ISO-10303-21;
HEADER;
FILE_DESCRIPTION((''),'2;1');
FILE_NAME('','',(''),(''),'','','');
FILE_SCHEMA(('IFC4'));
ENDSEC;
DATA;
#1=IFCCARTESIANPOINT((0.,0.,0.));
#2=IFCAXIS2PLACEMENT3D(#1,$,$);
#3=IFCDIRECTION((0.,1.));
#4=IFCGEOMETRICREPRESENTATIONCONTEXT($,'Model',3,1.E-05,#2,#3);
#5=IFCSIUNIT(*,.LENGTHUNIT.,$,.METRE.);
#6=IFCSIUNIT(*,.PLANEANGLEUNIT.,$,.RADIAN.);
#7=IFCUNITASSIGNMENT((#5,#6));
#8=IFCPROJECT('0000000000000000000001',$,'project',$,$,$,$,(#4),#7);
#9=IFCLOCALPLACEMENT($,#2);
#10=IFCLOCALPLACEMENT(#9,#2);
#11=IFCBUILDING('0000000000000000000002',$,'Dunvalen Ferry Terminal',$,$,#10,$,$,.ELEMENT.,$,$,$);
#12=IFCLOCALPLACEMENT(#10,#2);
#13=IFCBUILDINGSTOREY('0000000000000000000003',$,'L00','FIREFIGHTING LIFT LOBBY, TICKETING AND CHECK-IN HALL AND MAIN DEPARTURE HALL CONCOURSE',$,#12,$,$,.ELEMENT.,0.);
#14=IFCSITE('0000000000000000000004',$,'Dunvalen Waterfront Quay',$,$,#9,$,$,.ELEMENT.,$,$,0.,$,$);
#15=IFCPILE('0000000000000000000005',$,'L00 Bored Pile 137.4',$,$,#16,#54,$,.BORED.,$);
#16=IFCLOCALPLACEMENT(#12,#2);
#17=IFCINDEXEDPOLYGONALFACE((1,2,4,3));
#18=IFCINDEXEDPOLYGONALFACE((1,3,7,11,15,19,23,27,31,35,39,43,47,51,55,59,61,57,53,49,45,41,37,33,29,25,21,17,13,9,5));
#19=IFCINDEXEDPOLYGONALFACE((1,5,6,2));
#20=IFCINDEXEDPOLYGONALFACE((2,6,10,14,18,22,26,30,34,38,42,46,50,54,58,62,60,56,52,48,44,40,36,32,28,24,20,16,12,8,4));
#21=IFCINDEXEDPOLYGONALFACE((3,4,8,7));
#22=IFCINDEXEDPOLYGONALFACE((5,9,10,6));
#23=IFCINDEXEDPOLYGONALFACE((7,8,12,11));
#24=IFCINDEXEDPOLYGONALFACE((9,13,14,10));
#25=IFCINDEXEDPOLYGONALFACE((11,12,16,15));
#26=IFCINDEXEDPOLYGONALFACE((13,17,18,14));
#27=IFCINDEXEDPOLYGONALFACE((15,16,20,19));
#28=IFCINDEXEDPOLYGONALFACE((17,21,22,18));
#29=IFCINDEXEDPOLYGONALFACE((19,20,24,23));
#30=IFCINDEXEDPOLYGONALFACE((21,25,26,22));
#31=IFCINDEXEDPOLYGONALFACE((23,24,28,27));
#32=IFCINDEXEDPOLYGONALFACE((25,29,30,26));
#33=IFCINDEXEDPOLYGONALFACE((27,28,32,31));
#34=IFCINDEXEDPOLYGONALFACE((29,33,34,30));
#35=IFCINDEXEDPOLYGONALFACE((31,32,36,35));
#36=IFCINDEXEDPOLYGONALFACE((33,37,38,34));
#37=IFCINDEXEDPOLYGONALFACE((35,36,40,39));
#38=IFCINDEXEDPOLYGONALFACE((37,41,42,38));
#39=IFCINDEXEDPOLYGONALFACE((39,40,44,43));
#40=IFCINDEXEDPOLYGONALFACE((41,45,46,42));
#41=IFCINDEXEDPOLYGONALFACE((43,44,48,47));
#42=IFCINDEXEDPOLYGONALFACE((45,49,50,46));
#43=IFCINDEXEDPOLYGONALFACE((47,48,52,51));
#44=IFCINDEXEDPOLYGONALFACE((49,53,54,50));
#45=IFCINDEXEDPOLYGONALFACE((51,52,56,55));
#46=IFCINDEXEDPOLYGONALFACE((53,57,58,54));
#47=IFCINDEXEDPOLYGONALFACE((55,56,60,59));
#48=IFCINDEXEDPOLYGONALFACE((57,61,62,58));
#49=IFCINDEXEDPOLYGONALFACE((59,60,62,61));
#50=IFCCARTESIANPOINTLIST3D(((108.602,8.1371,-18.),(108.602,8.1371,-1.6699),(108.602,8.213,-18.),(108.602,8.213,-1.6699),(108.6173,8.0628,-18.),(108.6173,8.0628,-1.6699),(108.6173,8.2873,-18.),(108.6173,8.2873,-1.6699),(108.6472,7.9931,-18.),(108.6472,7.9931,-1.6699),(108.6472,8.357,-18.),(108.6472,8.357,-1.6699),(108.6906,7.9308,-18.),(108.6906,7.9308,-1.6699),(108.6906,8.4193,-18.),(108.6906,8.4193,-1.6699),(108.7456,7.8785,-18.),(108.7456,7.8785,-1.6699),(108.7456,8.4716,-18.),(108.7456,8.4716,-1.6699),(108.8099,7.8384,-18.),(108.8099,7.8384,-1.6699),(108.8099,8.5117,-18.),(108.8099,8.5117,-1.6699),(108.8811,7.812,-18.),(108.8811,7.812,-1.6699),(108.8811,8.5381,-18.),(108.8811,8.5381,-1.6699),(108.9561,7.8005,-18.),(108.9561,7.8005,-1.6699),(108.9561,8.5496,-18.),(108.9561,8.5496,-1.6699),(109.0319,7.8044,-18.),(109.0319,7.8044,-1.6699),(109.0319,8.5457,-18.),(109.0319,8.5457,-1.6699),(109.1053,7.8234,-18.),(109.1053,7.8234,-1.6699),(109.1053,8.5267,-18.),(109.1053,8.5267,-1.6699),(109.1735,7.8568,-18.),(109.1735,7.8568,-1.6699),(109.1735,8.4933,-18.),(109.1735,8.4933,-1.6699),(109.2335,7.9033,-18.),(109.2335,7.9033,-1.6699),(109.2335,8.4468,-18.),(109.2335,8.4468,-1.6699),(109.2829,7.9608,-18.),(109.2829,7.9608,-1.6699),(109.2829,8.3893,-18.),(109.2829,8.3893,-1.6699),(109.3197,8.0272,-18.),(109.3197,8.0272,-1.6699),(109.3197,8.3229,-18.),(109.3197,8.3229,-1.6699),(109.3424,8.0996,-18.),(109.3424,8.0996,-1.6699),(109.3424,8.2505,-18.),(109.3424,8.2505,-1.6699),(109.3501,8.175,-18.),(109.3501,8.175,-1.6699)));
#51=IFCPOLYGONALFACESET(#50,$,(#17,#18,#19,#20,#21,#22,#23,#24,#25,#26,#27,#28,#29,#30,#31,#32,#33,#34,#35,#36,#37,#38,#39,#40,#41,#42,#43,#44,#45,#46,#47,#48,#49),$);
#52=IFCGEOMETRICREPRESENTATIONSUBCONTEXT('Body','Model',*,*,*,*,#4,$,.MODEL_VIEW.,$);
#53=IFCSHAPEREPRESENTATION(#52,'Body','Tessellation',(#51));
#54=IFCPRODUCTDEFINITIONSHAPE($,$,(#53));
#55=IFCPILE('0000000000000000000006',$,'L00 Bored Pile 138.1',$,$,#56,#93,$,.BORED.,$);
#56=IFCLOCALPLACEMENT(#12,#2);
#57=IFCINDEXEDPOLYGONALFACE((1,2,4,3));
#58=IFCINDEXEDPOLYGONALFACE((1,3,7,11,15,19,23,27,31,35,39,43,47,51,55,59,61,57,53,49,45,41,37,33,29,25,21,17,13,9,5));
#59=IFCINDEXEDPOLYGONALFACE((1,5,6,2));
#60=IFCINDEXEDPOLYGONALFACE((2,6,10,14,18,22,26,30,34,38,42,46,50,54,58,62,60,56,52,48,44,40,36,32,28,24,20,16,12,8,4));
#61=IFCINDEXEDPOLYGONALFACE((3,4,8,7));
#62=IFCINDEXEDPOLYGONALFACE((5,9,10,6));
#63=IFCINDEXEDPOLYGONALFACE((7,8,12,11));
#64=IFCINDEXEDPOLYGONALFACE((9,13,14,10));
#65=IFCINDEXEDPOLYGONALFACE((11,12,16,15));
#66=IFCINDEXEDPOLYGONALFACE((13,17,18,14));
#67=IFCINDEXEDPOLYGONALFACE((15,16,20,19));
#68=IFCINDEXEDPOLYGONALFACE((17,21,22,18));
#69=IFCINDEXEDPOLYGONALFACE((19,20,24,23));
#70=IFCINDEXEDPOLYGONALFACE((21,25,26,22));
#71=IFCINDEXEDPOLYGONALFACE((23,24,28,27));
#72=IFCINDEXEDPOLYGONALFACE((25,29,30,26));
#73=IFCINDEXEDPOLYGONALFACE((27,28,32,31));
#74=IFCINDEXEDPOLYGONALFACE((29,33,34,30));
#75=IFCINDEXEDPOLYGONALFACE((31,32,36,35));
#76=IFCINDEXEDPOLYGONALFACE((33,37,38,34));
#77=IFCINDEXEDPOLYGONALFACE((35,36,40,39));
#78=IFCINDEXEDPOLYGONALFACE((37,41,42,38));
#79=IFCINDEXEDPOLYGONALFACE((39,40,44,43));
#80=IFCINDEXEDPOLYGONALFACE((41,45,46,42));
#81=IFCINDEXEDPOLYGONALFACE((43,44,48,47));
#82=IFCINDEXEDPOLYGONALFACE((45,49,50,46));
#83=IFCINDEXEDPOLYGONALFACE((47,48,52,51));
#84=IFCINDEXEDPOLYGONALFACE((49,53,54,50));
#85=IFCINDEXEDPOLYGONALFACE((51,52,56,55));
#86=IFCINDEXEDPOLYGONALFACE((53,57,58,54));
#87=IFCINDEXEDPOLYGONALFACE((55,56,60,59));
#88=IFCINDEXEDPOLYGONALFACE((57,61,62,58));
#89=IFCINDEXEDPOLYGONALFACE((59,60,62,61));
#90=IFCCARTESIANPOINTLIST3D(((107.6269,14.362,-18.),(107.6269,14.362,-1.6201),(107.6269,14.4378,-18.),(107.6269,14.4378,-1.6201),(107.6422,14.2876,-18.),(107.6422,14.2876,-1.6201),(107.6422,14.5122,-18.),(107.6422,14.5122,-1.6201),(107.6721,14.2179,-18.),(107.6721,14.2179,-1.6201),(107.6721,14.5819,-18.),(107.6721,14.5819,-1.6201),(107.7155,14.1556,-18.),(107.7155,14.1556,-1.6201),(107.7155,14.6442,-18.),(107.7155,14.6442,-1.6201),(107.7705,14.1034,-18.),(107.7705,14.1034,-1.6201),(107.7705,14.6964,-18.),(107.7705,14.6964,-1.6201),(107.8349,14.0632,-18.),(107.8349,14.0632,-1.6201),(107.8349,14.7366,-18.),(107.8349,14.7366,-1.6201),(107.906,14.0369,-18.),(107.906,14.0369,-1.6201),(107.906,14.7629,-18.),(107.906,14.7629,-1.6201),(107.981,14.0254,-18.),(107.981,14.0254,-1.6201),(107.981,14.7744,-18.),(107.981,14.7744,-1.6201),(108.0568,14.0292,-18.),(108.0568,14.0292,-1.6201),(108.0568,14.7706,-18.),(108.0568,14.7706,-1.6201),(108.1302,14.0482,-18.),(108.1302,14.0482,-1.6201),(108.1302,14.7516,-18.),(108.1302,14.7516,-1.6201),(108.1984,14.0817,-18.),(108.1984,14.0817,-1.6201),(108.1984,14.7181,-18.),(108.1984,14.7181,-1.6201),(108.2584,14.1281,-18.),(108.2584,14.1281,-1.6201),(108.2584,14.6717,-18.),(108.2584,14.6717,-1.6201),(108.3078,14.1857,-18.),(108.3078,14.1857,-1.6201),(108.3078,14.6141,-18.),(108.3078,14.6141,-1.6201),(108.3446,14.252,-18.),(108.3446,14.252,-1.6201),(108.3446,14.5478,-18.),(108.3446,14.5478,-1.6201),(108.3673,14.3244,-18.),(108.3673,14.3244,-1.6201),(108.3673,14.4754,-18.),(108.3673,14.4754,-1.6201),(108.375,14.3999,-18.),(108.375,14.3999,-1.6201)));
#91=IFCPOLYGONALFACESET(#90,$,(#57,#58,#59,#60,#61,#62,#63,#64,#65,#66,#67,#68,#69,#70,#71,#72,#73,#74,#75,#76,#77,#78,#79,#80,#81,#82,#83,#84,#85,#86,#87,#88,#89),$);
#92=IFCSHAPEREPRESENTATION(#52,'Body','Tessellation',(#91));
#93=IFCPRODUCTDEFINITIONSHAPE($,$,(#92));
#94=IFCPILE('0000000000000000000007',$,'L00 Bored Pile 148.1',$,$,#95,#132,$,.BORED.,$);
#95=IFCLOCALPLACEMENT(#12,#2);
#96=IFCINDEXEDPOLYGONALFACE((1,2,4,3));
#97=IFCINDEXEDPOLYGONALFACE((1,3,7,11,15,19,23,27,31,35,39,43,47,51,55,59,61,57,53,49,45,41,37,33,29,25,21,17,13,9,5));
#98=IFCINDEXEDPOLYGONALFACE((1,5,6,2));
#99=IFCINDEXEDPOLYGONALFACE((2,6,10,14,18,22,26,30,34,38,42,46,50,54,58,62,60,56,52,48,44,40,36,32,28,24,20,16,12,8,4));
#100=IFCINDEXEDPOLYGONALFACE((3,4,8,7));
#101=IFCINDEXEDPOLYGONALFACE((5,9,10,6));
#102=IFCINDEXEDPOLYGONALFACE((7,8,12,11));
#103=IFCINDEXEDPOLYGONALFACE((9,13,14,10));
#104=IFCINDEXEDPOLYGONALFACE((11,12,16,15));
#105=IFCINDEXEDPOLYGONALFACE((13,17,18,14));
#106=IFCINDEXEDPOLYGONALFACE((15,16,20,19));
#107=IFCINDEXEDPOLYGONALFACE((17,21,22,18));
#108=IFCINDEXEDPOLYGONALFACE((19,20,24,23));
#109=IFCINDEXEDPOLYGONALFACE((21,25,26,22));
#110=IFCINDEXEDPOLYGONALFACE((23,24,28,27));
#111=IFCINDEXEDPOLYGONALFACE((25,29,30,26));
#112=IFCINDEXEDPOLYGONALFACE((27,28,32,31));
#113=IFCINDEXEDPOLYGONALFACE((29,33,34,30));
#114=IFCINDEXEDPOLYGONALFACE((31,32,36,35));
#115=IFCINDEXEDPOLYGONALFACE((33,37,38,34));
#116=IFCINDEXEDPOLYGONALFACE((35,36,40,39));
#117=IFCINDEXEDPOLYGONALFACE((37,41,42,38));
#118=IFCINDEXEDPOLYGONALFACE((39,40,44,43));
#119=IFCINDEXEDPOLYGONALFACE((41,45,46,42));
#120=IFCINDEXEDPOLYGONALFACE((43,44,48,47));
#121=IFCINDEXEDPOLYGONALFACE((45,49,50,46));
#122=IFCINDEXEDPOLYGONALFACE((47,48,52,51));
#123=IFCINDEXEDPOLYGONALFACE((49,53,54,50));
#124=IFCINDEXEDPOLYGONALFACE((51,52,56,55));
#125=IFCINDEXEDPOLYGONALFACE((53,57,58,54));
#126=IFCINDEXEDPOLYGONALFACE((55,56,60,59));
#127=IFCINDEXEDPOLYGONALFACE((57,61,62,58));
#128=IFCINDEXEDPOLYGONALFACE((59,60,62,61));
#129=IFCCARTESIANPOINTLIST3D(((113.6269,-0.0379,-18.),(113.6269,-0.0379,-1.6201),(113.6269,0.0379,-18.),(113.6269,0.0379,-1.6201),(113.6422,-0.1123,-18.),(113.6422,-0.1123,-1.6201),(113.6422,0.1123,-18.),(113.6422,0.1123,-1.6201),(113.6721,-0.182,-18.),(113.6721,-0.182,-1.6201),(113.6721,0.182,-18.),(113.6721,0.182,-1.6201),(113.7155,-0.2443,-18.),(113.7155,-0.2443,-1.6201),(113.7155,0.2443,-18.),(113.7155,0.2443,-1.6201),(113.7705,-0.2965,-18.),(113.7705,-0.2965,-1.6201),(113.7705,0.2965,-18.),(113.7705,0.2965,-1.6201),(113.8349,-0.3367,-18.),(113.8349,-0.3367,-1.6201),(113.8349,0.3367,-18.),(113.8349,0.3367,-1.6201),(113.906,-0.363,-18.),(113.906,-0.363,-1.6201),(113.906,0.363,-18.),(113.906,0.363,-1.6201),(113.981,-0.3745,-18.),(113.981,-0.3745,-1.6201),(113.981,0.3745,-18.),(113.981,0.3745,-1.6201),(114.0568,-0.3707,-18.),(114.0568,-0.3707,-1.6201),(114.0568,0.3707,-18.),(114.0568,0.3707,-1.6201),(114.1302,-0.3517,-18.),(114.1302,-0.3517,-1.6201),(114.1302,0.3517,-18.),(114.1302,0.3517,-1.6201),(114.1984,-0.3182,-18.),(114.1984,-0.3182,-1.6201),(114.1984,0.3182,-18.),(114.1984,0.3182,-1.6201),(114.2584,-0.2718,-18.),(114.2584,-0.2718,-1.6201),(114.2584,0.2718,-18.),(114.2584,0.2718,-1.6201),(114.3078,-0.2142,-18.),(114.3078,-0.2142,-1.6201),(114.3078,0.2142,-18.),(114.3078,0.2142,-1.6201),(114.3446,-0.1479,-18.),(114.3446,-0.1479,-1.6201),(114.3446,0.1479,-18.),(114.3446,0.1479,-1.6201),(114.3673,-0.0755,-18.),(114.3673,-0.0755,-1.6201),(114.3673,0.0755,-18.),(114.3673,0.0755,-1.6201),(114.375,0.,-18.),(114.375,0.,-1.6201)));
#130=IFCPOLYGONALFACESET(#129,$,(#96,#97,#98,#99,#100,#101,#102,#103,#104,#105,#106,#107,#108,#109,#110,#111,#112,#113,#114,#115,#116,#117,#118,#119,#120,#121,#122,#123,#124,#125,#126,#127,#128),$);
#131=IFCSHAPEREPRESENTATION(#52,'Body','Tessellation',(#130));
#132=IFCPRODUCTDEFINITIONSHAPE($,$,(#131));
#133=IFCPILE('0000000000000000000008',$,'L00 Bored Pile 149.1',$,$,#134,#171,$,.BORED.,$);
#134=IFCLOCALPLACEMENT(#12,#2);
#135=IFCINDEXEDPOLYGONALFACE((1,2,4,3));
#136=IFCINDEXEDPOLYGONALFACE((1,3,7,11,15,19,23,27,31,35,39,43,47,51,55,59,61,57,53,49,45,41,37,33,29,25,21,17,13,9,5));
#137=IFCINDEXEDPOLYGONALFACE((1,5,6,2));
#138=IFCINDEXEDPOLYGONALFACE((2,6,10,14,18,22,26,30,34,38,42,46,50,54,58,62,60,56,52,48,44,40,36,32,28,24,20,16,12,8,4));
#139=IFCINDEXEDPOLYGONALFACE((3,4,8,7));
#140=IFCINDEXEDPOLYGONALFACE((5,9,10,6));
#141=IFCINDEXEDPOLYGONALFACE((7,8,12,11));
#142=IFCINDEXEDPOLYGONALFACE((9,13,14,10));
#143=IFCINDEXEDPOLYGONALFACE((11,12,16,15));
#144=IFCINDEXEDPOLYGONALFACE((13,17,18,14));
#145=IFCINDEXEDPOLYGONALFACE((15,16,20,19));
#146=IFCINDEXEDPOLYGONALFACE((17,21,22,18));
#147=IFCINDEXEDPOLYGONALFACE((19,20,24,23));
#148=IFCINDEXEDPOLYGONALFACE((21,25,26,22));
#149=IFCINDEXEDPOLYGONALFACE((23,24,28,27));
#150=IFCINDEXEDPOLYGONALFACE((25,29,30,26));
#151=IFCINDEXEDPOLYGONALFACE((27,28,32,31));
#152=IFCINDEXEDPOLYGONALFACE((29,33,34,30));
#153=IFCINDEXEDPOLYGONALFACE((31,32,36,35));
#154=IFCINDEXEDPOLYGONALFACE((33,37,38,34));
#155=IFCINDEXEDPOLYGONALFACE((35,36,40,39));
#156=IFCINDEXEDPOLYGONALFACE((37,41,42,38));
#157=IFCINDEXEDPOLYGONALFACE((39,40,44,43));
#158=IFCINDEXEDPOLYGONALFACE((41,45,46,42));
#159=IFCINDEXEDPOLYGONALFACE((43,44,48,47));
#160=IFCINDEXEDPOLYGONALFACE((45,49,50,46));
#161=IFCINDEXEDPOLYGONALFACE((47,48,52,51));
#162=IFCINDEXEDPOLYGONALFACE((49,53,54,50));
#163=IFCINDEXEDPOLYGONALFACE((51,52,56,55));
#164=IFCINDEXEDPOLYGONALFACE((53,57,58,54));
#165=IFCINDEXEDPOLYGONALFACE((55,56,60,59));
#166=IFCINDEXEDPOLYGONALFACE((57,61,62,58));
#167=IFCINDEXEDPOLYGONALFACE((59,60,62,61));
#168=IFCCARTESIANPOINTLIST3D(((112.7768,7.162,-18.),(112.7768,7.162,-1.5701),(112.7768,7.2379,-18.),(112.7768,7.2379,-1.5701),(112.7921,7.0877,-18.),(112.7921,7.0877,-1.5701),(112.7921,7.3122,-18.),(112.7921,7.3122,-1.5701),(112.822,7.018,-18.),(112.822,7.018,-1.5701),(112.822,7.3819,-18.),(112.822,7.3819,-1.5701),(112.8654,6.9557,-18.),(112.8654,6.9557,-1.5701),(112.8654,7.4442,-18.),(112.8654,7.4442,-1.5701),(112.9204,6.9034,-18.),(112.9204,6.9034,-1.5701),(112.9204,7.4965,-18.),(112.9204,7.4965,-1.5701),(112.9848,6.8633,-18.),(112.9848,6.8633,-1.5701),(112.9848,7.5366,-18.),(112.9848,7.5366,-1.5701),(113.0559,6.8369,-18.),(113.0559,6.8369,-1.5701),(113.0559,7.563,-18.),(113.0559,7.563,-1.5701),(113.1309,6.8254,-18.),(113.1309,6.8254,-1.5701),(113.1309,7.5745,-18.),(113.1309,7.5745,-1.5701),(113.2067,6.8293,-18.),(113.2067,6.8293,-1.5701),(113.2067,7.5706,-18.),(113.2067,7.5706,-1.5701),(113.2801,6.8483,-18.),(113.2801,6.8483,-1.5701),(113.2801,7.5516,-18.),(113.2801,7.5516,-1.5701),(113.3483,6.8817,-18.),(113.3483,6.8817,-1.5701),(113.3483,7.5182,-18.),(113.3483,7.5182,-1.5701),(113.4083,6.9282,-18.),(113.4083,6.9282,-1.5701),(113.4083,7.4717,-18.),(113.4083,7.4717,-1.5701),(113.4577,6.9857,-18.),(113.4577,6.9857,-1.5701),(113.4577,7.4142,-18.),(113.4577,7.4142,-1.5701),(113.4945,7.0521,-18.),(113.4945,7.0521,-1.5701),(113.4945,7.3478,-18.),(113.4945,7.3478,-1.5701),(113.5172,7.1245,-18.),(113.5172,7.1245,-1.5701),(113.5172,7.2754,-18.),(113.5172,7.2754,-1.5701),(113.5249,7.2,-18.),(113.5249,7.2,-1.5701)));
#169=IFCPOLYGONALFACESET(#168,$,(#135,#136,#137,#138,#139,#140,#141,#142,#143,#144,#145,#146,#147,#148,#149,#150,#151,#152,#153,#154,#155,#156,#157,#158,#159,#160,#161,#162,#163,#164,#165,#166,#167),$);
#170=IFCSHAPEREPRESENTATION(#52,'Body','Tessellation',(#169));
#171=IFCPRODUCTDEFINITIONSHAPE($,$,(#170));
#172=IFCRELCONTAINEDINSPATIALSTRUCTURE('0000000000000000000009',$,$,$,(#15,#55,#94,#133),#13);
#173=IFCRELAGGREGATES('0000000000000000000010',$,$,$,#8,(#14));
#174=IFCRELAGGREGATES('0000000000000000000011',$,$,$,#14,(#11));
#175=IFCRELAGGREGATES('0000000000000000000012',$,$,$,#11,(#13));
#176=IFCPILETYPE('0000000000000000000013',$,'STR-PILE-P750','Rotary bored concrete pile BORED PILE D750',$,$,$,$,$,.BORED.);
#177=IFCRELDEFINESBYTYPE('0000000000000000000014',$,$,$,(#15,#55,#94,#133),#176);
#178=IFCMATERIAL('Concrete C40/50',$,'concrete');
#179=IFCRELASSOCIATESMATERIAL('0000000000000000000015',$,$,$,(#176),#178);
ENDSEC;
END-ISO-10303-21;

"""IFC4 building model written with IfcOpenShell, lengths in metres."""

from ifc_helpers import new_model, si_unit, direction, frame, origin, origin_2d, place, context, subcontext, project, spatial, circle, extrude, material, material_profile, profile_set, type_object, element, save


model = new_model("IFC4")

# Units and contexts
model_context = context("Model", 3, precision=1e-05, world=origin(), true_north=direction((0.0, 1.0)))
body_context = subcontext(model_context, "Body", "Model", "MODEL_VIEW")
ifc_project = project(units=[si_unit("LENGTHUNIT", "METRE"), si_unit("PLANEANGLEUNIT", "RADIAN")], contexts=[model_context])

# Site, building, storey
site_placement = place(None, origin())
site = spatial("IfcSite", under=ifc_project, at=site_placement, Name="Dunvalen Waterfront Quay", CompositionType="ELEMENT", RefElevation=0.0)
building_placement = place(site_placement, origin())
building = spatial("IfcBuilding", under=site, at=building_placement, Name="Dunvalen Ferry Terminal", CompositionType="ELEMENT")
storey_placement = place(building_placement, origin())
storey = spatial("IfcBuildingStorey", under=building, at=storey_placement, Name="L00", Description="FIREFIGHTING LIFT LOBBY, TICKETING AND CHECK-IN HALL AND MAIN DEPARTURE HALL CONCOURSE", CompositionType="ELEMENT", Elevation=0.0)

# Shared definitions
ifc_material_1 = material(Name="Concrete C40/50", Category="concrete")

# Piles
ifc_material_profile_1 = material_profile(ifc_material_1, circle(Radius=0.375, at=origin_2d()), Name="Concrete C40/50")
ifc_profile_set_1 = profile_set([ifc_material_profile_1], Name="Concrete C40/50")
pile_type = type_object("IfcPileType", Name="STR-PILE-P750", Description="Rotary bored concrete pile BORED PILE D750", PredefinedType="BORED", material=ifc_profile_set_1)
for number, where, z_axis, x_axis, name in (
    (1, (108.9751, 8.175, -1.6699), (0.0, 0.0, -1.0), (1.0, 0.0, 0.0), "L00 Bored Pile 137.4"),
):
    element("IfcPile", number, at=place(storey_placement, frame(where, z_axis=z_axis, x_axis=x_axis)), inside=storey, type_object=pile_type, Name=name, PredefinedType="BORED", context=body_context, shape_type="SweptSolid", body=[
        extrude(circle(Radius=0.375, at=origin_2d()), origin(), (0.0, 0.0, 1.0), 16.3301),
    ])
for number, where, z_axis, x_axis, name in (
    (2, (108.0, 14.3999, -1.6201), (0.0, 0.0, -1.0), (1.0, 0.0, 0.0), "L00 Bored Pile 138.1"),
    (3, (114.0, 0.0, -1.6201), (0.0, 0.0, -1.0), (1.0, 0.0, 0.0), "L00 Bored Pile 148.1"),
):
    element("IfcPile", number, at=place(storey_placement, frame(where, z_axis=z_axis, x_axis=x_axis)), inside=storey, type_object=pile_type, Name=name, PredefinedType="BORED", context=body_context, shape_type="SweptSolid", body=[
        extrude(circle(Radius=0.375, at=origin_2d()), origin(), (0.0, 0.0, 1.0), 16.3799),
    ])
pile_1_placement = place(storey_placement, frame((113.1499, 7.2, -1.5701), z_axis=(0.0, 0.0, -1.0), x_axis=(1.0, 0.0, 0.0)))
element("IfcPile", 4, at=pile_1_placement, inside=storey, type_object=pile_type, Name="L00 Bored Pile 149.1", PredefinedType="BORED", context=body_context, shape_type="SweptSolid", body=[
    extrude(circle(Radius=0.375, at=origin_2d()), origin(), (0.0, 0.0, 1.0), 16.4299),
])

save(model, "model.ifc")
